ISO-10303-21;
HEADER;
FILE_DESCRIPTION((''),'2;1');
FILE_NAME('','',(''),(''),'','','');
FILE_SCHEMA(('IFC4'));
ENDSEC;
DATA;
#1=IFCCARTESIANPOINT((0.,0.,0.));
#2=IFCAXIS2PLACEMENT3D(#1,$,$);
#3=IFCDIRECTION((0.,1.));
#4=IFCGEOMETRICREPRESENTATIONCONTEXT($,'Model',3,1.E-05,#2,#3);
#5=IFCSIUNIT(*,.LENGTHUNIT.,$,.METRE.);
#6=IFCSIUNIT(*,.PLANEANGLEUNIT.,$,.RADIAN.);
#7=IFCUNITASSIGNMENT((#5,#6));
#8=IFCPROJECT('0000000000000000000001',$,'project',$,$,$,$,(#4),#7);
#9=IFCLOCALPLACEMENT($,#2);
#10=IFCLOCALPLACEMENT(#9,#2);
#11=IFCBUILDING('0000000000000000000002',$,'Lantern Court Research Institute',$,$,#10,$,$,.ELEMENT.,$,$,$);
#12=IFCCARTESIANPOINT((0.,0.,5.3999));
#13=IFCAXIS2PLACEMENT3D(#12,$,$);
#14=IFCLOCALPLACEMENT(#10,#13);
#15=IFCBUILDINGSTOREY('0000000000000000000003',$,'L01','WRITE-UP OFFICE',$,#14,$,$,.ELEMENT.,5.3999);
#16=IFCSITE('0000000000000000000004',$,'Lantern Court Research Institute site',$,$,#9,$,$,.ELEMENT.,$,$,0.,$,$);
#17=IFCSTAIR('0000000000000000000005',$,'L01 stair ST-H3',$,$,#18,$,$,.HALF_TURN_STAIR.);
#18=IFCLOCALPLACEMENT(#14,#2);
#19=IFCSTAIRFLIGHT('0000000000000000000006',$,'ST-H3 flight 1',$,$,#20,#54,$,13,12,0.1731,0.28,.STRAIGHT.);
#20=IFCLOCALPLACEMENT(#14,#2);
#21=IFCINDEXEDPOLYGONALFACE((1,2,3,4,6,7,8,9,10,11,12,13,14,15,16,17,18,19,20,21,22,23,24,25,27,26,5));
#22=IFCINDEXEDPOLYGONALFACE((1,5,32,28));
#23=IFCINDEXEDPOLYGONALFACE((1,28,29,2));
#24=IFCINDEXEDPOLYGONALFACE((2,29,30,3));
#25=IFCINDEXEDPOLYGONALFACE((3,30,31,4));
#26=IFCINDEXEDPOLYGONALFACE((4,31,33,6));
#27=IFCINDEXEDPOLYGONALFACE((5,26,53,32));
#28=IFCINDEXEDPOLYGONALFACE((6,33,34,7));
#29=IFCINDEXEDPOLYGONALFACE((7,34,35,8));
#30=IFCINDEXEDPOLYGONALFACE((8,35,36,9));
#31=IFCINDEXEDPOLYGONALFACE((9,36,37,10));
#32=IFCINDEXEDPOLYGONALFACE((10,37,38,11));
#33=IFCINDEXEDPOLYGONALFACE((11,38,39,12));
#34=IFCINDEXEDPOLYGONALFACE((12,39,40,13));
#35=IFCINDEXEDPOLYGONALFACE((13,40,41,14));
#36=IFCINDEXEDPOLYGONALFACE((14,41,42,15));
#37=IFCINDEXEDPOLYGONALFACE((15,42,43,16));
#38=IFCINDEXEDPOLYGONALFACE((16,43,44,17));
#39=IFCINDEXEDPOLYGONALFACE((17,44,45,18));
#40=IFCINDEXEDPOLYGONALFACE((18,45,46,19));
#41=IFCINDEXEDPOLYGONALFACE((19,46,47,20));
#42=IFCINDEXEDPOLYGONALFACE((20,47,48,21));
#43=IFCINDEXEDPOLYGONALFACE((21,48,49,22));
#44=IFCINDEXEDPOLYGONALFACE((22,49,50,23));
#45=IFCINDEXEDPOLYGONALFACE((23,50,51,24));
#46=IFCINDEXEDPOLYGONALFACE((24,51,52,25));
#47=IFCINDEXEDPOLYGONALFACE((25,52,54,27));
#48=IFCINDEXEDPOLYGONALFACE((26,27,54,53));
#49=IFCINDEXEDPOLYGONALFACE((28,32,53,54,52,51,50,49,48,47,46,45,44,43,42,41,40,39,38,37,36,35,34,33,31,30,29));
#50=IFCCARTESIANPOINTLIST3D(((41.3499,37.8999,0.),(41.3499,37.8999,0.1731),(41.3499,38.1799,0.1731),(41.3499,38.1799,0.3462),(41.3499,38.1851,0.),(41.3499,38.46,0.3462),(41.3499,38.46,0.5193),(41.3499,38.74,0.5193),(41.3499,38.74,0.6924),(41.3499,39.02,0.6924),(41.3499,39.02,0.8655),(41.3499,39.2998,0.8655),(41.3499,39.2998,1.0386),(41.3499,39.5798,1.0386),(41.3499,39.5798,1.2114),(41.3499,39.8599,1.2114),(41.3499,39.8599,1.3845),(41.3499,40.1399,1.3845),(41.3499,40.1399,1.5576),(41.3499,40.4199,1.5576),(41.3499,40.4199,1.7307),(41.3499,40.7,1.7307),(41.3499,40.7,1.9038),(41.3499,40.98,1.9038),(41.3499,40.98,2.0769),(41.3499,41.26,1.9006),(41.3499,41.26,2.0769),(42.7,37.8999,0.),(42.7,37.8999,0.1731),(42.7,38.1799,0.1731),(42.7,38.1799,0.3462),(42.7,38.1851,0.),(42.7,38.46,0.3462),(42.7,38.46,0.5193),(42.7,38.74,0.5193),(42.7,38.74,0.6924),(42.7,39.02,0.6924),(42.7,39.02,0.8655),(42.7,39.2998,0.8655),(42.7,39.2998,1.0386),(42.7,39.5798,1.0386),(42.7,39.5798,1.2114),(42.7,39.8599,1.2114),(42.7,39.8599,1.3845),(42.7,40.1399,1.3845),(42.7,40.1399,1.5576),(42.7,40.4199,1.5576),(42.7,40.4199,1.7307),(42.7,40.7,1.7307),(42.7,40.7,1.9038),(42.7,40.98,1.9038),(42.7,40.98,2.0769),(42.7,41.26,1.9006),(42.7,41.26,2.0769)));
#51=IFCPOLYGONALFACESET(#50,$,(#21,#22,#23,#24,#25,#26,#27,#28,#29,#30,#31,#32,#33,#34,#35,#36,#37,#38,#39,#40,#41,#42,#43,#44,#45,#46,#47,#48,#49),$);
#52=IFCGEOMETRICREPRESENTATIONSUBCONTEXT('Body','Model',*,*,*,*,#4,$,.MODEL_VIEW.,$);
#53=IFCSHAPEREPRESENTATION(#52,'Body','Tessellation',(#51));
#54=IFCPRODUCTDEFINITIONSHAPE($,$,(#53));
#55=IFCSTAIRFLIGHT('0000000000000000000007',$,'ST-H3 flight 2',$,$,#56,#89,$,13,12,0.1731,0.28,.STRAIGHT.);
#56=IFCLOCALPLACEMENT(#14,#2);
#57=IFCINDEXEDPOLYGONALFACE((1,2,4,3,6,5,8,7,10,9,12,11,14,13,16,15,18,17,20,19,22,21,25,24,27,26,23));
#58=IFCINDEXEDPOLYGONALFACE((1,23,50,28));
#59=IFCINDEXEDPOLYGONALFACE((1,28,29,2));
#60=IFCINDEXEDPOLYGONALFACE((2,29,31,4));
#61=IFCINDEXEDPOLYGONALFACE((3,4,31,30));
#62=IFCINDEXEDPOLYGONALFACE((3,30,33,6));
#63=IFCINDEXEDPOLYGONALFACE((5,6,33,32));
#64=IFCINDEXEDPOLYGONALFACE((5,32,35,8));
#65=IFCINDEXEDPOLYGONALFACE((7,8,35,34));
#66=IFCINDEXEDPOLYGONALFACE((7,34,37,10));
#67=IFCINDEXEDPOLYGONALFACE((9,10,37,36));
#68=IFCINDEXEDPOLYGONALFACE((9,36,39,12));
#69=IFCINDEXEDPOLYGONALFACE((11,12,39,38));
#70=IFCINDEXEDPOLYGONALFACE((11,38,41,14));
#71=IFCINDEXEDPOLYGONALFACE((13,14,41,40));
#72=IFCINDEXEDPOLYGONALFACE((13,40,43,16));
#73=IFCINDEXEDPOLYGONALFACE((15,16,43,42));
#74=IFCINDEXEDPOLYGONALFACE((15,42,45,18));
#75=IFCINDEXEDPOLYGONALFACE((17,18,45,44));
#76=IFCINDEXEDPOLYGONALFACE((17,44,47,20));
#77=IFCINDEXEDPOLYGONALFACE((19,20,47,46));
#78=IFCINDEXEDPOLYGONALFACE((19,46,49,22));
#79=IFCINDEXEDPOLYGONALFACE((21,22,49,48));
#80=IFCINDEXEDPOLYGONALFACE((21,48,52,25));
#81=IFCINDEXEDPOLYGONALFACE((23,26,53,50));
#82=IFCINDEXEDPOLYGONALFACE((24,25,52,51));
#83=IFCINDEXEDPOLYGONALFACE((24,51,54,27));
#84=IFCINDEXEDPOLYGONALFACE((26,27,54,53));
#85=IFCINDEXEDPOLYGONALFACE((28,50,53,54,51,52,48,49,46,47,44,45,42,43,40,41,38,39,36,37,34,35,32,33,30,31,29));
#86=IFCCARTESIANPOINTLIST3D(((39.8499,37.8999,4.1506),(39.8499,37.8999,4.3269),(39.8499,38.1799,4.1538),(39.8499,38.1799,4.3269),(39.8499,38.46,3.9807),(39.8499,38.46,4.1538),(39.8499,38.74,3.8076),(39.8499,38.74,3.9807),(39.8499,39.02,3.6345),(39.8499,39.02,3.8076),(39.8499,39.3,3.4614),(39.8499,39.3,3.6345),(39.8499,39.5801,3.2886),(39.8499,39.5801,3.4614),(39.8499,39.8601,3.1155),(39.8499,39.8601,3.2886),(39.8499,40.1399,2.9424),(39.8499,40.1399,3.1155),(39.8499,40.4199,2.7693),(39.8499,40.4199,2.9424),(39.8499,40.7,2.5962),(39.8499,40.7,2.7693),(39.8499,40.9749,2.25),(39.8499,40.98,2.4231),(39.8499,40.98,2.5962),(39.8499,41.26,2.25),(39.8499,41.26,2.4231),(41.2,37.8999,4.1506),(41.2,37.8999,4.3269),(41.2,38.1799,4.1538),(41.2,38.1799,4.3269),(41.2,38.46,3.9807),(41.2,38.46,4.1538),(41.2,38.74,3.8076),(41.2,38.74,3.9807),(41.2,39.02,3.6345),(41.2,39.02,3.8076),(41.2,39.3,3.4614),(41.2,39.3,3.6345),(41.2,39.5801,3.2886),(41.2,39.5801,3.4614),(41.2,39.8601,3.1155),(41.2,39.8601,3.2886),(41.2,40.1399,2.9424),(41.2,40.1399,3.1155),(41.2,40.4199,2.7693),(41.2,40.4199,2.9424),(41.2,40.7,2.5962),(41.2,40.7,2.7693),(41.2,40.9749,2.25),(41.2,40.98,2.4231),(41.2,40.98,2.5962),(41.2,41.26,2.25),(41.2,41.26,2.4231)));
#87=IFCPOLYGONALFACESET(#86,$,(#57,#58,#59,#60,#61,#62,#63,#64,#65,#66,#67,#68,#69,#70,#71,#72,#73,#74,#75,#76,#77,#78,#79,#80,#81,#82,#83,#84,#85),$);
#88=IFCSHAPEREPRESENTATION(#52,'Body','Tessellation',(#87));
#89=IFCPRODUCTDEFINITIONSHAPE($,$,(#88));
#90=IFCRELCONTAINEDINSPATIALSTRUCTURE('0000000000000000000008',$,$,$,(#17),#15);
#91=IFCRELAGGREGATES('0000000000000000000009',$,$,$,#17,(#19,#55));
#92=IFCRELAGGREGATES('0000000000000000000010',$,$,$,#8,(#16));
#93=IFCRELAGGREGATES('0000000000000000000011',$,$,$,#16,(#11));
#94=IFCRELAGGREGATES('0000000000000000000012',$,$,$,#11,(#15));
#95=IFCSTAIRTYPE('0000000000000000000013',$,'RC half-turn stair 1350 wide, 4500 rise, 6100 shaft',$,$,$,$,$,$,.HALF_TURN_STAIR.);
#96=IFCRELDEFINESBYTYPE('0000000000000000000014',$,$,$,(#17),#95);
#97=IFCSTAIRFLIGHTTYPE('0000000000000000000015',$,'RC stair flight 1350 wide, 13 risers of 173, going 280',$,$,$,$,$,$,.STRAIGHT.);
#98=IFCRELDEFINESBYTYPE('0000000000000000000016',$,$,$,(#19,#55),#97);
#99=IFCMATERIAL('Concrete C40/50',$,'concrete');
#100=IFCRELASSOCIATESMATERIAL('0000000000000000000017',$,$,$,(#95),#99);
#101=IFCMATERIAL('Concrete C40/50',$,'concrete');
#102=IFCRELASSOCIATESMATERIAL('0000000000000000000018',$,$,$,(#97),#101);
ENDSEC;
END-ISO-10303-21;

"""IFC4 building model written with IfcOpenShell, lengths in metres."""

from ifc_helpers import new_model, si_unit, direction, frame, origin, place, context, subcontext, project, spatial, polyline, outline, extrude, material, type_object, element, aggregate, save


model = new_model("IFC4")

# Units and contexts
model_context = context("Model", 3, precision=1e-05, world=origin(), true_north=direction((0.0, 1.0)))
body_context = subcontext(model_context, "Body", "Model", "MODEL_VIEW")
ifc_project = project(units=[si_unit("LENGTHUNIT", "METRE"), si_unit("PLANEANGLEUNIT", "RADIAN")], contexts=[model_context])

# Site, building, storey
site_placement = place(None, origin())
site = spatial("IfcSite", under=ifc_project, at=site_placement, Name="Lantern Court Research Institute site", CompositionType="ELEMENT", RefElevation=0.0)
building_placement = place(site_placement, origin())
building = spatial("IfcBuilding", under=site, at=building_placement, Name="Lantern Court Research Institute", CompositionType="ELEMENT")
storey_placement = place(building_placement, frame((0.0, 0.0, 5.3999)))
storey = spatial("IfcBuildingStorey", under=building, at=storey_placement, Name="L01", Description="WRITE-UP OFFICE", CompositionType="ELEMENT", Elevation=5.3999)

# Stair, stair flights
ifc_material_1 = material(Name="Concrete C40/50", Category="concrete")
stair_type = type_object("IfcStairType", Name="RC half-turn stair 1350 wide, 4500 rise, 6100 shaft", PredefinedType="HALF_TURN_STAIR", material=ifc_material_1)
stair_placement = place(storey_placement, origin())
stair = element("IfcStair", 1, at=stair_placement, inside=storey, type_object=stair_type, Name="L01 stair ST-H3", PredefinedType="HALF_TURN_STAIR")
ifc_material_2 = material(Name="Concrete C40/50", Category="concrete")
stair_flight_type = type_object("IfcStairFlightType", Name="RC stair flight 1350 wide, 13 risers of 173, going 280", PredefinedType="STRAIGHT", material=ifc_material_2)
stair_flight_1_placement = place(storey_placement, frame((42.0249, 37.8999, 0.0), z_axis=(0.0, 0.0, 1.0), x_axis=(0.0, 1.0, 0.0)))
stair_flight_1 = element("IfcStairFlight", 2, at=stair_flight_1_placement, type_object=stair_flight_type, Name="ST-H3 flight 1", NumberOfRisers=13, NumberOfTreads=12, PredefinedType="STRAIGHT", RiserHeight=0.1731, TreadLength=0.28, context=body_context, shape_type="SweptSolid", body=[
    extrude(outline(polyline([(0.0, 0.0), (0.0, 0.1731), (0.28, 0.1731), (0.28, 0.3462), (0.5601, 0.3462), (0.5601, 0.5193), (0.8401, 0.5193), (0.8401, 0.6924), (1.1201, 0.6924), (1.1201, 0.8655), (1.3999, 0.8655), (1.3999, 1.0386), (1.6799, 1.0386), (1.6799, 1.2114), (1.96, 1.2114), (1.96, 1.3845), (2.24, 1.3845), (2.24, 1.5576), (2.52, 1.5576), (2.52, 1.7307), (2.8, 1.7307), (2.8, 1.9038), (3.0801, 1.9038), (3.0801, 2.0769), (3.3601, 2.0769), (3.3601, 2.25), (3.3601, 1.9006), (0.2852, 0.0), (0.0, 0.0)])), frame((0.0, 0.675, 0.0), z_axis=(0.0, -1.0, 0.0), x_axis=(1.0, 0.0, 0.0)), (0.0, 0.0, 1.0), 1.3501),
])
stair_flight_2_placement = place(storey_placement, frame((40.5249, 41.26, 2.25), z_axis=(0.0, 0.0, 1.0), x_axis=(0.0, -1.0, 0.0)))
stair_flight_2 = element("IfcStairFlight", 3, at=stair_flight_2_placement, type_object=stair_flight_type, Name="ST-H3 flight 2", NumberOfRisers=13, NumberOfTreads=12, PredefinedType="STRAIGHT", RiserHeight=0.1731, TreadLength=0.28, context=body_context, shape_type="SweptSolid", body=[
    extrude(outline(polyline([(0.0, 0.0), (0.0, 0.1731), (0.28, 0.1731), (0.28, 0.3462), (0.5601, 0.3462), (0.5601, 0.5193), (0.8401, 0.5193), (0.8401, 0.6924), (1.1201, 0.6924), (1.1201, 0.8655), (1.3999, 0.8655), (1.3999, 1.0386), (1.6799, 1.0386), (1.6799, 1.2114), (1.96, 1.2114), (1.96, 1.3845), (2.24, 1.3845), (2.24, 1.5576), (2.52, 1.5576), (2.52, 1.7307), (2.8, 1.7307), (2.8, 1.9038), (3.0801, 1.9038), (3.0801, 2.0769), (3.3601, 2.0769), (3.3601, 2.25), (3.3601, 1.9006), (0.2852, 0.0), (0.0, 0.0)])), frame((0.0, 0.675, 0.0), z_axis=(0.0, -1.0, 0.0), x_axis=(1.0, 0.0, 0.0)), (0.0, 0.0, 1.0), 1.3501),
])
aggregate(stair, [stair_flight_1, stair_flight_2])

save(model, "model.ifc")
